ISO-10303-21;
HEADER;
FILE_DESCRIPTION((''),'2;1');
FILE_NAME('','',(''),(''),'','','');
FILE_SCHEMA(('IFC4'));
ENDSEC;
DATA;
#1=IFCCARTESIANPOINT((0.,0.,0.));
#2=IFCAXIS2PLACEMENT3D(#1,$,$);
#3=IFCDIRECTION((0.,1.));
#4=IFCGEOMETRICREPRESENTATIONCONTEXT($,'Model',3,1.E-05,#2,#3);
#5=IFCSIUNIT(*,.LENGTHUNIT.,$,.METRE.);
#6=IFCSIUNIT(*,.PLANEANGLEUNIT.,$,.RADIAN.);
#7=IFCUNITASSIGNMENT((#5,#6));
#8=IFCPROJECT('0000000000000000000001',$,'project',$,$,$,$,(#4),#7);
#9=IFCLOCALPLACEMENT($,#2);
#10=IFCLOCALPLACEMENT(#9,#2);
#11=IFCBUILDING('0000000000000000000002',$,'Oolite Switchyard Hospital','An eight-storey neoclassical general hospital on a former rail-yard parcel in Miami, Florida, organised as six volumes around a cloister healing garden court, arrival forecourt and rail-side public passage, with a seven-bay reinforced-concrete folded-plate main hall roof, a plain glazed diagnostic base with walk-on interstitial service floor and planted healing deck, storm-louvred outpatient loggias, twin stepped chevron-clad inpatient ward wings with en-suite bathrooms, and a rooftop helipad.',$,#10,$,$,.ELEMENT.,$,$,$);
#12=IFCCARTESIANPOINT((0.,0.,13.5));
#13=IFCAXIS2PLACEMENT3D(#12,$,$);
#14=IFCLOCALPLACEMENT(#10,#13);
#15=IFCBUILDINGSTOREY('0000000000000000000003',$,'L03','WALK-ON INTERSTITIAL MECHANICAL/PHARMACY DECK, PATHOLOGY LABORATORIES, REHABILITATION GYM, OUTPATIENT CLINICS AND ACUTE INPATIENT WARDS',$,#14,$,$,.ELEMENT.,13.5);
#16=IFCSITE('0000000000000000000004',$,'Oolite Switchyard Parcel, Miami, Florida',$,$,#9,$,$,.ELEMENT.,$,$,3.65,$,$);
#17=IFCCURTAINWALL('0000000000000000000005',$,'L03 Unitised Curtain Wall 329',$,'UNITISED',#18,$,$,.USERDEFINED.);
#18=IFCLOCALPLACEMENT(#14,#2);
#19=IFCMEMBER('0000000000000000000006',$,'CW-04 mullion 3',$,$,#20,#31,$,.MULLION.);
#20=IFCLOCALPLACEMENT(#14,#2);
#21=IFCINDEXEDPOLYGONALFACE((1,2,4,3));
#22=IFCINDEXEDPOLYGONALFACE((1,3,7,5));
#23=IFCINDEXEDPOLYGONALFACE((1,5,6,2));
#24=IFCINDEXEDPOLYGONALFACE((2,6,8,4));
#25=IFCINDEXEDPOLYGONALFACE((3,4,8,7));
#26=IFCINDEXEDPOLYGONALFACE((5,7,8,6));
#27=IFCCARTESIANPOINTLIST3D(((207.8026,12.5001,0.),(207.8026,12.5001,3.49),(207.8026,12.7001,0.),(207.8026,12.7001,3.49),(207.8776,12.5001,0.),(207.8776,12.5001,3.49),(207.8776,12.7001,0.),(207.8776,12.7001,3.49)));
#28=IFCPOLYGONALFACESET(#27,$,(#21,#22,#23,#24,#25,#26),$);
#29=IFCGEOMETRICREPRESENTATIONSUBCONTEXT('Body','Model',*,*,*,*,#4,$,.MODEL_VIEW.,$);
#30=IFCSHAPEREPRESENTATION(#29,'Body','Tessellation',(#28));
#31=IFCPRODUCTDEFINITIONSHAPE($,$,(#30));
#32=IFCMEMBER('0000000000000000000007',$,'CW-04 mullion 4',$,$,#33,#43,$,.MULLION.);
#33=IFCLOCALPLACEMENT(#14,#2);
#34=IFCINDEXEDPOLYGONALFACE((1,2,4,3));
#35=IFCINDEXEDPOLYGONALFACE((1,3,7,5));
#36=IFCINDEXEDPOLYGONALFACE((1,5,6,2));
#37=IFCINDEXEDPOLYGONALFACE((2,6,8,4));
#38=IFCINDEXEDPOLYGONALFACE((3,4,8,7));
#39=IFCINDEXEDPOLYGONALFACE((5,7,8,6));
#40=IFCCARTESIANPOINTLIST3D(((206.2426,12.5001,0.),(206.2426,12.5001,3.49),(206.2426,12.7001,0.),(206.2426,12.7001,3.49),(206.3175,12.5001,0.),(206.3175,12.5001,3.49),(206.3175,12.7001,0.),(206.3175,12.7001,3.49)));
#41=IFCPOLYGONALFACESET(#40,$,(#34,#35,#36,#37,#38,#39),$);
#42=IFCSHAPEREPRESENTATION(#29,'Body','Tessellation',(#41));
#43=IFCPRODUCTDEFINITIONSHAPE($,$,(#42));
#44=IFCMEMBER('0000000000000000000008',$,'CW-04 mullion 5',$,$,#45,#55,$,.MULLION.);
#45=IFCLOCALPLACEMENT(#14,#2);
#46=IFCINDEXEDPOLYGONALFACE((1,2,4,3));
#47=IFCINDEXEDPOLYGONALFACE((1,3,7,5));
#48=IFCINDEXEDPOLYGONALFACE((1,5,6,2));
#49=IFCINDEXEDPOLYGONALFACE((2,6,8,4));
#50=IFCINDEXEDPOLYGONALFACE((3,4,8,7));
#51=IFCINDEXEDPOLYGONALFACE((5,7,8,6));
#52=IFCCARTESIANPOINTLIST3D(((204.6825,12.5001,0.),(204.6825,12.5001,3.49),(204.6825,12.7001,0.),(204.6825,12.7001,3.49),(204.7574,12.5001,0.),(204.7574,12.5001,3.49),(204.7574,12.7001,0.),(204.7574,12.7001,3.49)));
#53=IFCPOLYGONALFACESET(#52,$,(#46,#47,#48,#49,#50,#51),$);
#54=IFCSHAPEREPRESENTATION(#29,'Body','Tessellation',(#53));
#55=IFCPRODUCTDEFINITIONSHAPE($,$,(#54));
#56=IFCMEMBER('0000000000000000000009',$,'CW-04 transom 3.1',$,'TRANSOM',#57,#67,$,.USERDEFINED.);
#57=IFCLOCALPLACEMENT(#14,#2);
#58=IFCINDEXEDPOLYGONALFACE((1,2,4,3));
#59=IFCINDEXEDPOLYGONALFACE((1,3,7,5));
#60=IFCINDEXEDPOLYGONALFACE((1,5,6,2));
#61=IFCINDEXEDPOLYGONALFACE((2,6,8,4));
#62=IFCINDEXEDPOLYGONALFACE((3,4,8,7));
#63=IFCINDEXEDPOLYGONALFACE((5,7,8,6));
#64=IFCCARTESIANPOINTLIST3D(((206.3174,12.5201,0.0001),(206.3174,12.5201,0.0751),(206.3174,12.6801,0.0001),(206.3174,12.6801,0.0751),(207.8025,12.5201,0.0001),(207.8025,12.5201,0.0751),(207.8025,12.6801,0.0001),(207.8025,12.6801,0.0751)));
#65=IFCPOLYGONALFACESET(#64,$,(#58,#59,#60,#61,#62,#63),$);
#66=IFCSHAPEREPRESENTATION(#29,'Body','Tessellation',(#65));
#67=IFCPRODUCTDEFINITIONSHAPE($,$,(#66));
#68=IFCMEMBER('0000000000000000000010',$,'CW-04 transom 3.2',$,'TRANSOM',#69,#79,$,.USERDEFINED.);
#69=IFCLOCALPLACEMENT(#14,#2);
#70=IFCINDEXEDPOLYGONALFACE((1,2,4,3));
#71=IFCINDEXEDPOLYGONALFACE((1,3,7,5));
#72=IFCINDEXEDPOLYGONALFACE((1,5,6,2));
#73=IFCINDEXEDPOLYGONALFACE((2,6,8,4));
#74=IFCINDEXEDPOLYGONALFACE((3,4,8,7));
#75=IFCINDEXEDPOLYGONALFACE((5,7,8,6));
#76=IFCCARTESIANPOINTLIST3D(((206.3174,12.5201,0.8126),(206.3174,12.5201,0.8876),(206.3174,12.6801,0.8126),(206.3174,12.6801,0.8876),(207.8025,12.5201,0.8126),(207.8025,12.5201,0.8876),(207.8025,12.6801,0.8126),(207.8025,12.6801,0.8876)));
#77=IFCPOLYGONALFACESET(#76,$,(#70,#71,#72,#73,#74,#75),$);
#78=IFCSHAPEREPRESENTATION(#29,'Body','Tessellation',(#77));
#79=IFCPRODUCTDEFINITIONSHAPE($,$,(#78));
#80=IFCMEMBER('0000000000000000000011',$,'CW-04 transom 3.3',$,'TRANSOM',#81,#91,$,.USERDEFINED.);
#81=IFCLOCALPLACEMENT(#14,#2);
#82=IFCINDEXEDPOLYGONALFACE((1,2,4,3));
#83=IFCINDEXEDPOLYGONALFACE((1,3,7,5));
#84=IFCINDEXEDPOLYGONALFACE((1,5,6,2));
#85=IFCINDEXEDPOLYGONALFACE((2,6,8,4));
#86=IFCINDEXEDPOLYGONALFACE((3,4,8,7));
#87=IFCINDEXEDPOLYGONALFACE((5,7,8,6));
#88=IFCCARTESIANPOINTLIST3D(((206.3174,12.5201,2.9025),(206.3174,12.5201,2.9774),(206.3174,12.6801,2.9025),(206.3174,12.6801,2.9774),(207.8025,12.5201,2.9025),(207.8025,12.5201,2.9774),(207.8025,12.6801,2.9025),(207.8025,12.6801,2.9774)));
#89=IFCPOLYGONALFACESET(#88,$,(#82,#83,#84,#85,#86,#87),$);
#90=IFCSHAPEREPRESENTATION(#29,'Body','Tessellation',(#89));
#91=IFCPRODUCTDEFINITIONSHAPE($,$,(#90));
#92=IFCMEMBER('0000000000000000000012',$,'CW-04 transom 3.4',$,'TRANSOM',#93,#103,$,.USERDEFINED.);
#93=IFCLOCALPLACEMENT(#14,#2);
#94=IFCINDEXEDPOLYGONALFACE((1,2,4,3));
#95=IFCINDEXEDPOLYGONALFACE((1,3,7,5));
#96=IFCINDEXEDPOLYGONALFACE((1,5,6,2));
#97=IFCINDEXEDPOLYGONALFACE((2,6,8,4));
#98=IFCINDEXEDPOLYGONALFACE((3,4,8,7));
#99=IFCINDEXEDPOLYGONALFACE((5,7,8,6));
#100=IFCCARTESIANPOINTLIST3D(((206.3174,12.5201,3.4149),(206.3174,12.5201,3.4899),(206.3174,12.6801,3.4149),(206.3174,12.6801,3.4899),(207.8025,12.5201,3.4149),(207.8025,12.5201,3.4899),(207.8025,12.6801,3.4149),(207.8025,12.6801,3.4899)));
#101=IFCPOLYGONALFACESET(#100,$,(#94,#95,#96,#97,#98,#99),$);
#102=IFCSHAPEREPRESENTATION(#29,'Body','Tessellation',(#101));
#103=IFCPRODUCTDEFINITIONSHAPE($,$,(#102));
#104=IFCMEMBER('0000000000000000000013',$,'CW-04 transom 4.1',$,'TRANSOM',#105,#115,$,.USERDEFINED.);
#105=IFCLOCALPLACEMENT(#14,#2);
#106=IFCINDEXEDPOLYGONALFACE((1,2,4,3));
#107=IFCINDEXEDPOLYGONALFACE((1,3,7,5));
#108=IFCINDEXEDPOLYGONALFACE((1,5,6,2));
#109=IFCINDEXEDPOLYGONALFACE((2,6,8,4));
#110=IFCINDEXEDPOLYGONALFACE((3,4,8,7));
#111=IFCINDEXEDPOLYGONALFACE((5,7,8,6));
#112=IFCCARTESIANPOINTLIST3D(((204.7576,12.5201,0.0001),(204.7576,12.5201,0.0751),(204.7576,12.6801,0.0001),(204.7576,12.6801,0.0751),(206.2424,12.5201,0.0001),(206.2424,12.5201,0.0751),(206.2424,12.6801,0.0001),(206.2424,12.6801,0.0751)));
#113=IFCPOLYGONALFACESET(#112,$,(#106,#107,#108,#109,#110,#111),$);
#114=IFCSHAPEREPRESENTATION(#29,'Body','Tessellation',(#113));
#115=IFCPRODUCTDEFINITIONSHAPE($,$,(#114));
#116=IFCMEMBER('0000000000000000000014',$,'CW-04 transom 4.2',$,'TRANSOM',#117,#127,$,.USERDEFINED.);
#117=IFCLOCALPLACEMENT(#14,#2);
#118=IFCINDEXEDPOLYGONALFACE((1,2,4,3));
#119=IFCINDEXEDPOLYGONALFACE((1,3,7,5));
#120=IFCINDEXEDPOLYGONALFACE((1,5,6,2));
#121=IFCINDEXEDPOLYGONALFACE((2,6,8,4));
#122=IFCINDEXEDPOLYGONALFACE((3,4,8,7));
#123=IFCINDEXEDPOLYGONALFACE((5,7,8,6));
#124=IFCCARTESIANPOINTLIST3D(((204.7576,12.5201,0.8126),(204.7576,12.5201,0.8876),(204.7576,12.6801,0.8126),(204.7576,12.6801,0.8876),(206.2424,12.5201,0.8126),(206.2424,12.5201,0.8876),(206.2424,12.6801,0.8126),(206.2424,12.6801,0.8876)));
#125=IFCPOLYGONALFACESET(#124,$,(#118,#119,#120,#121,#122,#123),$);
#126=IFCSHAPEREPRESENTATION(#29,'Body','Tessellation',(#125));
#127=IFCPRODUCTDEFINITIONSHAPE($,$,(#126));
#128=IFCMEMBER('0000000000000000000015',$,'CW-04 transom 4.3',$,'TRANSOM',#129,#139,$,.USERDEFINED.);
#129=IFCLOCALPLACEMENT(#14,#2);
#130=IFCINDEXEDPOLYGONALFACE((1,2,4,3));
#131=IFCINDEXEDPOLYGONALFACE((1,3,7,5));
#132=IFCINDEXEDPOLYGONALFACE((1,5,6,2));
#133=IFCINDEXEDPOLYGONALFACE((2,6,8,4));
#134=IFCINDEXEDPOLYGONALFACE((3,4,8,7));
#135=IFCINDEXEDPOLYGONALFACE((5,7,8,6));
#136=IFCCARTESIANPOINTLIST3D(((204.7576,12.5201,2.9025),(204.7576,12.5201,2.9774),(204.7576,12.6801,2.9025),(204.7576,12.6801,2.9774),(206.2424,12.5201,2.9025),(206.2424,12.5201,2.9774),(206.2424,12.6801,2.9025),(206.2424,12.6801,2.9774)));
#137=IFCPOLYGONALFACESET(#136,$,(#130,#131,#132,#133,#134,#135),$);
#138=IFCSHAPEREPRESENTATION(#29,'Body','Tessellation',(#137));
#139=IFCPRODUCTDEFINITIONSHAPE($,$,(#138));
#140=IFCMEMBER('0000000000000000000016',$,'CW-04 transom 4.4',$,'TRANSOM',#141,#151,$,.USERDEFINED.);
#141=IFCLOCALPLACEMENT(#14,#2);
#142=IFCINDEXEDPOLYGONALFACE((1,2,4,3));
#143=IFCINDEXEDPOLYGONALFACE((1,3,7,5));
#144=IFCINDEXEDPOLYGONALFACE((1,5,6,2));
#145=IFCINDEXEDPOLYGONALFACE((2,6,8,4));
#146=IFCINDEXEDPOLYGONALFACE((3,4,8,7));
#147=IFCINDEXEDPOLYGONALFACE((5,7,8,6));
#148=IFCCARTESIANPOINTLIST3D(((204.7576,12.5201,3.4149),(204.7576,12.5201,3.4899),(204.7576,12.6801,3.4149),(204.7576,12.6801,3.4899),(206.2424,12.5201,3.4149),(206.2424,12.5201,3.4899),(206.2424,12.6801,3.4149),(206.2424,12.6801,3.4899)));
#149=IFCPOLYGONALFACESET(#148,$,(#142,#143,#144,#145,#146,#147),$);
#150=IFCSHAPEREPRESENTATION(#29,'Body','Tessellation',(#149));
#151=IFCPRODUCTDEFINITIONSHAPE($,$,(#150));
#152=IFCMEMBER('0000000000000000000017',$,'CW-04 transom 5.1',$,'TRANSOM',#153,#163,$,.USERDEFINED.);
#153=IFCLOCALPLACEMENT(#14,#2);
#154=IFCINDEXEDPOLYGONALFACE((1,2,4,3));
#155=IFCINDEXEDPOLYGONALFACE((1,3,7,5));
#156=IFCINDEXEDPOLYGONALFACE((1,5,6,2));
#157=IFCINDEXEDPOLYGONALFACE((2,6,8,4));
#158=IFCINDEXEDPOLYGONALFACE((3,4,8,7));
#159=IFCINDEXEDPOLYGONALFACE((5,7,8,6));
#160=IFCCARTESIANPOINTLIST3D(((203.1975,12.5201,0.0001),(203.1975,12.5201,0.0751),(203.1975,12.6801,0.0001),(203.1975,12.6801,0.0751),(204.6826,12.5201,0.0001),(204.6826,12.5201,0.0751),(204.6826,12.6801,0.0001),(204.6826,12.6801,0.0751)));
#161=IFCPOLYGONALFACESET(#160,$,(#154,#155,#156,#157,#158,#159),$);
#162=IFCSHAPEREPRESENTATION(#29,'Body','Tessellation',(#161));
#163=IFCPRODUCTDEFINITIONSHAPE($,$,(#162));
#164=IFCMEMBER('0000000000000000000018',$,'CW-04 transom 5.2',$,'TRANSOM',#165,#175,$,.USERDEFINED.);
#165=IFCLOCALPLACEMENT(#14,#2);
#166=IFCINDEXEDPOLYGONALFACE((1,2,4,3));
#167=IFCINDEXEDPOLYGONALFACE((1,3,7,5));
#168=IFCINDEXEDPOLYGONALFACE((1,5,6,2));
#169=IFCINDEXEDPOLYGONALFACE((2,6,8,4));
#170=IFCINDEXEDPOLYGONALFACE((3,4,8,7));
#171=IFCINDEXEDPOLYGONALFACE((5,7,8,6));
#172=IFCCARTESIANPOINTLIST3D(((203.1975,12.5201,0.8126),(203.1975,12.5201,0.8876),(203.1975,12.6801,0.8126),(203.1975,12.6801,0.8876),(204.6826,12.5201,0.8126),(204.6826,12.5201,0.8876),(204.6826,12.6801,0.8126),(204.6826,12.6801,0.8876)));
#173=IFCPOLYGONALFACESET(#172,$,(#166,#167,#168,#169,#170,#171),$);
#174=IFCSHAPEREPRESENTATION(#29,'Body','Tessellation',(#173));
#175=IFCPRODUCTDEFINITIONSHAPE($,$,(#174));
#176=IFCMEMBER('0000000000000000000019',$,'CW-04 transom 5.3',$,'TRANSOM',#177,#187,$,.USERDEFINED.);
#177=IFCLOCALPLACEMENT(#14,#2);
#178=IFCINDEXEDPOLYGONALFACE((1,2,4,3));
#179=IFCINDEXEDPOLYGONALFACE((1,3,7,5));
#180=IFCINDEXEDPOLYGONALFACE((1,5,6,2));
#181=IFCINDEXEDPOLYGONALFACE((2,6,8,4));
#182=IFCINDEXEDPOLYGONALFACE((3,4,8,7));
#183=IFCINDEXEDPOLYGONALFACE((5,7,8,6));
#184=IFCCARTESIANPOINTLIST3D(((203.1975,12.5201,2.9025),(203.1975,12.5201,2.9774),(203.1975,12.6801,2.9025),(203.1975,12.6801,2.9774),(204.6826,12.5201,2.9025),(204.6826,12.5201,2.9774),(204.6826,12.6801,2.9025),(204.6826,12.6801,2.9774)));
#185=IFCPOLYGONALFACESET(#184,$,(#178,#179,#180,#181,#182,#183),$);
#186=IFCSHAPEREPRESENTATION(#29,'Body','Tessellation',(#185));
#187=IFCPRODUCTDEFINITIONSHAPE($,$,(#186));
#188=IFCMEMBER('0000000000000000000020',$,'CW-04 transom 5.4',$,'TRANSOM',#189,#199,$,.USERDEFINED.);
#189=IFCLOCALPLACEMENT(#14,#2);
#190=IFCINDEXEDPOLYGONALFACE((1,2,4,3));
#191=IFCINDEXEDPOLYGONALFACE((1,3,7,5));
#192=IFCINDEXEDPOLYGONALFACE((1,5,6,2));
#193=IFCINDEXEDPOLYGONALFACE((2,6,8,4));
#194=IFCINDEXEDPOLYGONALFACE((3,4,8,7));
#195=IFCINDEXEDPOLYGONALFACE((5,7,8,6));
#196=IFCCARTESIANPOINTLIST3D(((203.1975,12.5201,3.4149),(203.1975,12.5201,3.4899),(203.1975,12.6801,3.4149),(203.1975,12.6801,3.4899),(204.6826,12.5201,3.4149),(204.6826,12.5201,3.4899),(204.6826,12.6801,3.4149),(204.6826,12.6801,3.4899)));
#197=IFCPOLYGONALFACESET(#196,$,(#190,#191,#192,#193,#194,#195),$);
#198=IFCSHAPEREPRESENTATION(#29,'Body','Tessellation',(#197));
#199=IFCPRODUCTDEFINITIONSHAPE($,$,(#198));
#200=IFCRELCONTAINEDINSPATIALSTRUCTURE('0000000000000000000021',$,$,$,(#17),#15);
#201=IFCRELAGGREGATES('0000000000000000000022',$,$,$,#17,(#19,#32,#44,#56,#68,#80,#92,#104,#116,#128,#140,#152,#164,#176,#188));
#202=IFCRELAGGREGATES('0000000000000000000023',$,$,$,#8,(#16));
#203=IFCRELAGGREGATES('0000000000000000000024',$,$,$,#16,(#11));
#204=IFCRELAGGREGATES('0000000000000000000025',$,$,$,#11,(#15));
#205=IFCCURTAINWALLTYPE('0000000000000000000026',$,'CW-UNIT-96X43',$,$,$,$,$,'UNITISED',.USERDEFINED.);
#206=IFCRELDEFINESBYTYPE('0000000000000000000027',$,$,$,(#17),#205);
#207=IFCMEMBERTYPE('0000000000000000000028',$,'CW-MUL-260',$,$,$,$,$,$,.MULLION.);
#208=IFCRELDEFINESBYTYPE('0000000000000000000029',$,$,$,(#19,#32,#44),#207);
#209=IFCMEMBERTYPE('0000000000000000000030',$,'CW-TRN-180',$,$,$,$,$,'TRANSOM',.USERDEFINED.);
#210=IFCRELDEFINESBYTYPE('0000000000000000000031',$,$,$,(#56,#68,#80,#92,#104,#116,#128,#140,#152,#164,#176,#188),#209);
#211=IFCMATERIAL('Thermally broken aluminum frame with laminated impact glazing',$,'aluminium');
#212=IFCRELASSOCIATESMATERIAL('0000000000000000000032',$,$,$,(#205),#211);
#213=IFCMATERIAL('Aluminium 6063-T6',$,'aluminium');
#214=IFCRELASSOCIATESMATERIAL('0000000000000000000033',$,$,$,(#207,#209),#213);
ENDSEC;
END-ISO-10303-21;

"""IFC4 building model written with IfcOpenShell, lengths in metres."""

from ifc_helpers import new_model, si_unit, direction, frame, origin, origin_2d, place, context, subcontext, project, spatial, rectangle, extrude, material, material_profile, profile_set, type_object, element, aggregate, save


model = new_model("IFC4")

# Units and contexts
model_context = context("Model", 3, precision=1e-05, world=origin(), true_north=direction((0.0, 1.0)))
body_context = subcontext(model_context, "Body", "Model", "MODEL_VIEW")
ifc_project = project(units=[si_unit("LENGTHUNIT", "METRE"), si_unit("PLANEANGLEUNIT", "RADIAN")], contexts=[model_context])

# Site, building, storey
site_placement = place(None, origin())
site = spatial("IfcSite", under=ifc_project, at=site_placement, Name="Oolite Switchyard Parcel, Miami, Florida", CompositionType="ELEMENT", RefElevation=3.65)
building_placement = place(site_placement, origin())
building = spatial("IfcBuilding", under=site, at=building_placement, Name="Oolite Switchyard Hospital", Description="An eight-storey neoclassical general hospital on a former rail-yard parcel in Miami, Florida, organised as six volumes around a cloister healing garden court, arrival forecourt and rail-side public passage, with a seven-bay reinforced-concrete folded-plate main hall roof, a plain glazed diagnostic base with walk-on interstitial service floor and planted healing deck, storm-louvred outpatient loggias, twin stepped chevron-clad inpatient ward wings with en-suite bathrooms, and a rooftop helipad.", CompositionType="ELEMENT")
storey_placement = place(building_placement, frame((0.0, 0.0, 13.5)))
storey = spatial("IfcBuildingStorey", under=building, at=storey_placement, Name="L03", Description="WALK-ON INTERSTITIAL MECHANICAL/PHARMACY DECK, PATHOLOGY LABORATORIES, REHABILITATION GYM, OUTPATIENT CLINICS AND ACUTE INPATIENT WARDS", CompositionType="ELEMENT", Elevation=13.5)

# Curtain wall, members
ifc_material_1 = material(Name="Thermally broken aluminum frame with laminated impact glazing", Category="aluminium")
curtain_wall_type = type_object("IfcCurtainWallType", Name="CW-UNIT-96X43", ElementType="UNITISED", PredefinedType="USERDEFINED", material=ifc_material_1)
curtain_wall_placement = place(storey_placement, origin())
curtain_wall = element("IfcCurtainWall", 1, at=curtain_wall_placement, inside=storey, type_object=curtain_wall_type, Name="L03 Unitised Curtain Wall 329", ObjectType="UNITISED", PredefinedType="USERDEFINED")
ifc_material_2 = material(Name="Aluminium 6063-T6", Category="aluminium")
ifc_material_profile_1 = material_profile(ifc_material_2, rectangle(XDim=0.2, YDim=0.075, at=origin_2d()), Name="CWM75X200")
ifc_profile_set_1 = profile_set([ifc_material_profile_1], Name="Aluminium 6063-T6")
member_type_1 = type_object("IfcMemberType", Name="CW-MUL-260", PredefinedType="MULLION", material=ifc_profile_set_1)
member_1_placement = place(storey_placement, frame((207.8401, 12.6001, 0.0), z_axis=(0.0, 0.0, 1.0), x_axis=(0.0, -1.0, 0.0)))
member_1 = element("IfcMember", 2, at=member_1_placement, type_object=member_type_1, Name="CW-04 mullion 3", PredefinedType="MULLION", context=body_context, shape_type="SweptSolid", body=[
    extrude(rectangle(XDim=0.2, YDim=0.075, at=origin_2d()), origin(), (0.0, 0.0, 1.0), 3.49),
])
member_2_placement = place(storey_placement, frame((206.28, 12.6001, 0.0), z_axis=(0.0, 0.0, 1.0), x_axis=(0.0, -1.0, 0.0)))
member_2 = element("IfcMember", 3, at=member_2_placement, type_object=member_type_1, Name="CW-04 mullion 4", PredefinedType="MULLION", context=body_context, shape_type="SweptSolid", body=[
    extrude(rectangle(XDim=0.2, YDim=0.075, at=origin_2d()), origin(), (0.0, 0.0, 1.0), 3.49),
])
member_3_placement = place(storey_placement, frame((204.72, 12.6001, 0.0), z_axis=(0.0, 0.0, 1.0), x_axis=(0.0, -1.0, 0.0)))
member_3 = element("IfcMember", 4, at=member_3_placement, type_object=member_type_1, Name="CW-04 mullion 5", PredefinedType="MULLION", context=body_context, shape_type="SweptSolid", body=[
    extrude(rectangle(XDim=0.2, YDim=0.075, at=origin_2d()), origin(), (0.0, 0.0, 1.0), 3.49),
])
ifc_material_profile_2 = material_profile(ifc_material_2, rectangle(XDim=0.1599, YDim=0.075, at=origin_2d()), Name="CWT75X160")
ifc_profile_set_2 = profile_set([ifc_material_profile_2], Name="Aluminium 6063-T6")
member_type_2 = type_object("IfcMemberType", Name="CW-TRN-180", ElementType="TRANSOM", PredefinedType="USERDEFINED", material=ifc_profile_set_2)
member_4_placement = place(storey_placement, frame((207.8025, 12.6001, 0.0376), z_axis=(-1.0, 0.0, 0.0), x_axis=(0.0, -1.0, 0.0)))
member_4 = element("IfcMember", 5, at=member_4_placement, type_object=member_type_2, Name="CW-04 transom 3.1", ObjectType="TRANSOM", PredefinedType="USERDEFINED", context=body_context, shape_type="SweptSolid", body=[
    extrude(rectangle(XDim=0.1599, YDim=0.075, at=origin_2d()), origin(), (0.0, 0.0, 1.0), 1.4851),
])
member_5_placement = place(storey_placement, frame((207.8025, 12.6001, 0.8501), z_axis=(-1.0, 0.0, 0.0), x_axis=(0.0, -1.0, 0.0)))
member_5 = element("IfcMember", 6, at=member_5_placement, type_object=member_type_2, Name="CW-04 transom 3.2", ObjectType="TRANSOM", PredefinedType="USERDEFINED", context=body_context, shape_type="SweptSolid", body=[
    extrude(rectangle(XDim=0.1599, YDim=0.075, at=origin_2d()), origin(), (0.0, 0.0, 1.0), 1.4851),
])
member_6_placement = place(storey_placement, frame((207.8025, 12.6001, 2.9399), z_axis=(-1.0, 0.0, 0.0), x_axis=(0.0, -1.0, 0.0)))
member_6 = element("IfcMember", 7, at=member_6_placement, type_object=member_type_2, Name="CW-04 transom 3.3", ObjectType="TRANSOM", PredefinedType="USERDEFINED", context=body_context, shape_type="SweptSolid", body=[
    extrude(rectangle(XDim=0.1599, YDim=0.075, at=origin_2d()), origin(), (0.0, 0.0, 1.0), 1.4851),
])
member_7_placement = place(storey_placement, frame((207.8025, 12.6001, 3.4524), z_axis=(-1.0, 0.0, 0.0), x_axis=(0.0, -1.0, 0.0)))
member_7 = element("IfcMember", 8, at=member_7_placement, type_object=member_type_2, Name="CW-04 transom 3.4", ObjectType="TRANSOM", PredefinedType="USERDEFINED", context=body_context, shape_type="SweptSolid", body=[
    extrude(rectangle(XDim=0.1599, YDim=0.075, at=origin_2d()), origin(), (0.0, 0.0, 1.0), 1.4851),
])
member_8_placement = place(storey_placement, frame((206.2424, 12.6001, 0.0376), z_axis=(-1.0, 0.0, 0.0), x_axis=(0.0, -1.0, 0.0)))
member_8 = element("IfcMember", 9, at=member_8_placement, type_object=member_type_2, Name="CW-04 transom 4.1", ObjectType="TRANSOM", PredefinedType="USERDEFINED", context=body_context, shape_type="SweptSolid", body=[
    extrude(rectangle(XDim=0.1599, YDim=0.075, at=origin_2d()), origin(), (0.0, 0.0, 1.0), 1.4849),
])
member_9_placement = place(storey_placement, frame((206.2424, 12.6001, 0.8501), z_axis=(-1.0, 0.0, 0.0), x_axis=(0.0, -1.0, 0.0)))
member_9 = element("IfcMember", 10, at=member_9_placement, type_object=member_type_2, Name="CW-04 transom 4.2", ObjectType="TRANSOM", PredefinedType="USERDEFINED", context=body_context, shape_type="SweptSolid", body=[
    extrude(rectangle(XDim=0.1599, YDim=0.075, at=origin_2d()), origin(), (0.0, 0.0, 1.0), 1.4849),
])
member_10_placement = place(storey_placement, frame((206.2424, 12.6001, 2.9399), z_axis=(-1.0, 0.0, 0.0), x_axis=(0.0, -1.0, 0.0)))
member_10 = element("IfcMember", 11, at=member_10_placement, type_object=member_type_2, Name="CW-04 transom 4.3", ObjectType="TRANSOM", PredefinedType="USERDEFINED", context=body_context, shape_type="SweptSolid", body=[
    extrude(rectangle(XDim=0.1599, YDim=0.075, at=origin_2d()), origin(), (0.0, 0.0, 1.0), 1.4849),
])
member_11_placement = place(storey_placement, frame((206.2424, 12.6001, 3.4524), z_axis=(-1.0, 0.0, 0.0), x_axis=(0.0, -1.0, 0.0)))
member_11 = element("IfcMember", 12, at=member_11_placement, type_object=member_type_2, Name="CW-04 transom 4.4", ObjectType="TRANSOM", PredefinedType="USERDEFINED", context=body_context, shape_type="SweptSolid", body=[
    extrude(rectangle(XDim=0.1599, YDim=0.075, at=origin_2d()), origin(), (0.0, 0.0, 1.0), 1.4849),
])
member_12_placement = place(storey_placement, frame((204.6826, 12.6001, 0.0376), z_axis=(-1.0, 0.0, 0.0), x_axis=(0.0, -1.0, 0.0)))
member_12 = element("IfcMember", 13, at=member_12_placement, type_object=member_type_2, Name="CW-04 transom 5.1", ObjectType="TRANSOM", PredefinedType="USERDEFINED", context=body_context, shape_type="SweptSolid", body=[
    extrude(rectangle(XDim=0.1599, YDim=0.075, at=origin_2d()), origin(), (0.0, 0.0, 1.0), 1.4851),
])
member_13_placement = place(storey_placement, frame((204.6826, 12.6001, 0.8501), z_axis=(-1.0, 0.0, 0.0), x_axis=(0.0, -1.0, 0.0)))
member_13 = element("IfcMember", 14, at=member_13_placement, type_object=member_type_2, Name="CW-04 transom 5.2", ObjectType="TRANSOM", PredefinedType="USERDEFINED", context=body_context, shape_type="SweptSolid", body=[
    extrude(rectangle(XDim=0.1599, YDim=0.075, at=origin_2d()), origin(), (0.0, 0.0, 1.0), 1.4851),
])
member_14_placement = place(storey_placement, frame((204.6826, 12.6001, 2.9399), z_axis=(-1.0, 0.0, 0.0), x_axis=(0.0, -1.0, 0.0)))
member_14 = element("IfcMember", 15, at=member_14_placement, type_object=member_type_2, Name="CW-04 transom 5.3", ObjectType="TRANSOM", PredefinedType="USERDEFINED", context=body_context, shape_type="SweptSolid", body=[
    extrude(rectangle(XDim=0.1599, YDim=0.075, at=origin_2d()), origin(), (0.0, 0.0, 1.0), 1.4851),
])
member_15_placement = place(storey_placement, frame((204.6826, 12.6001, 3.4524), z_axis=(-1.0, 0.0, 0.0), x_axis=(0.0, -1.0, 0.0)))
member_15 = element("IfcMember", 16, at=member_15_placement, type_object=member_type_2, Name="CW-04 transom 5.4", ObjectType="TRANSOM", PredefinedType="USERDEFINED", context=body_context, shape_type="SweptSolid", body=[
    extrude(rectangle(XDim=0.1599, YDim=0.075, at=origin_2d()), origin(), (0.0, 0.0, 1.0), 1.4851),
])
aggregate(curtain_wall, [member_1, member_2, member_3, member_4, member_5, member_6, member_7, member_8, member_9, member_10, member_11, member_12, member_13, member_14, member_15])

save(model, "model.ifc")
